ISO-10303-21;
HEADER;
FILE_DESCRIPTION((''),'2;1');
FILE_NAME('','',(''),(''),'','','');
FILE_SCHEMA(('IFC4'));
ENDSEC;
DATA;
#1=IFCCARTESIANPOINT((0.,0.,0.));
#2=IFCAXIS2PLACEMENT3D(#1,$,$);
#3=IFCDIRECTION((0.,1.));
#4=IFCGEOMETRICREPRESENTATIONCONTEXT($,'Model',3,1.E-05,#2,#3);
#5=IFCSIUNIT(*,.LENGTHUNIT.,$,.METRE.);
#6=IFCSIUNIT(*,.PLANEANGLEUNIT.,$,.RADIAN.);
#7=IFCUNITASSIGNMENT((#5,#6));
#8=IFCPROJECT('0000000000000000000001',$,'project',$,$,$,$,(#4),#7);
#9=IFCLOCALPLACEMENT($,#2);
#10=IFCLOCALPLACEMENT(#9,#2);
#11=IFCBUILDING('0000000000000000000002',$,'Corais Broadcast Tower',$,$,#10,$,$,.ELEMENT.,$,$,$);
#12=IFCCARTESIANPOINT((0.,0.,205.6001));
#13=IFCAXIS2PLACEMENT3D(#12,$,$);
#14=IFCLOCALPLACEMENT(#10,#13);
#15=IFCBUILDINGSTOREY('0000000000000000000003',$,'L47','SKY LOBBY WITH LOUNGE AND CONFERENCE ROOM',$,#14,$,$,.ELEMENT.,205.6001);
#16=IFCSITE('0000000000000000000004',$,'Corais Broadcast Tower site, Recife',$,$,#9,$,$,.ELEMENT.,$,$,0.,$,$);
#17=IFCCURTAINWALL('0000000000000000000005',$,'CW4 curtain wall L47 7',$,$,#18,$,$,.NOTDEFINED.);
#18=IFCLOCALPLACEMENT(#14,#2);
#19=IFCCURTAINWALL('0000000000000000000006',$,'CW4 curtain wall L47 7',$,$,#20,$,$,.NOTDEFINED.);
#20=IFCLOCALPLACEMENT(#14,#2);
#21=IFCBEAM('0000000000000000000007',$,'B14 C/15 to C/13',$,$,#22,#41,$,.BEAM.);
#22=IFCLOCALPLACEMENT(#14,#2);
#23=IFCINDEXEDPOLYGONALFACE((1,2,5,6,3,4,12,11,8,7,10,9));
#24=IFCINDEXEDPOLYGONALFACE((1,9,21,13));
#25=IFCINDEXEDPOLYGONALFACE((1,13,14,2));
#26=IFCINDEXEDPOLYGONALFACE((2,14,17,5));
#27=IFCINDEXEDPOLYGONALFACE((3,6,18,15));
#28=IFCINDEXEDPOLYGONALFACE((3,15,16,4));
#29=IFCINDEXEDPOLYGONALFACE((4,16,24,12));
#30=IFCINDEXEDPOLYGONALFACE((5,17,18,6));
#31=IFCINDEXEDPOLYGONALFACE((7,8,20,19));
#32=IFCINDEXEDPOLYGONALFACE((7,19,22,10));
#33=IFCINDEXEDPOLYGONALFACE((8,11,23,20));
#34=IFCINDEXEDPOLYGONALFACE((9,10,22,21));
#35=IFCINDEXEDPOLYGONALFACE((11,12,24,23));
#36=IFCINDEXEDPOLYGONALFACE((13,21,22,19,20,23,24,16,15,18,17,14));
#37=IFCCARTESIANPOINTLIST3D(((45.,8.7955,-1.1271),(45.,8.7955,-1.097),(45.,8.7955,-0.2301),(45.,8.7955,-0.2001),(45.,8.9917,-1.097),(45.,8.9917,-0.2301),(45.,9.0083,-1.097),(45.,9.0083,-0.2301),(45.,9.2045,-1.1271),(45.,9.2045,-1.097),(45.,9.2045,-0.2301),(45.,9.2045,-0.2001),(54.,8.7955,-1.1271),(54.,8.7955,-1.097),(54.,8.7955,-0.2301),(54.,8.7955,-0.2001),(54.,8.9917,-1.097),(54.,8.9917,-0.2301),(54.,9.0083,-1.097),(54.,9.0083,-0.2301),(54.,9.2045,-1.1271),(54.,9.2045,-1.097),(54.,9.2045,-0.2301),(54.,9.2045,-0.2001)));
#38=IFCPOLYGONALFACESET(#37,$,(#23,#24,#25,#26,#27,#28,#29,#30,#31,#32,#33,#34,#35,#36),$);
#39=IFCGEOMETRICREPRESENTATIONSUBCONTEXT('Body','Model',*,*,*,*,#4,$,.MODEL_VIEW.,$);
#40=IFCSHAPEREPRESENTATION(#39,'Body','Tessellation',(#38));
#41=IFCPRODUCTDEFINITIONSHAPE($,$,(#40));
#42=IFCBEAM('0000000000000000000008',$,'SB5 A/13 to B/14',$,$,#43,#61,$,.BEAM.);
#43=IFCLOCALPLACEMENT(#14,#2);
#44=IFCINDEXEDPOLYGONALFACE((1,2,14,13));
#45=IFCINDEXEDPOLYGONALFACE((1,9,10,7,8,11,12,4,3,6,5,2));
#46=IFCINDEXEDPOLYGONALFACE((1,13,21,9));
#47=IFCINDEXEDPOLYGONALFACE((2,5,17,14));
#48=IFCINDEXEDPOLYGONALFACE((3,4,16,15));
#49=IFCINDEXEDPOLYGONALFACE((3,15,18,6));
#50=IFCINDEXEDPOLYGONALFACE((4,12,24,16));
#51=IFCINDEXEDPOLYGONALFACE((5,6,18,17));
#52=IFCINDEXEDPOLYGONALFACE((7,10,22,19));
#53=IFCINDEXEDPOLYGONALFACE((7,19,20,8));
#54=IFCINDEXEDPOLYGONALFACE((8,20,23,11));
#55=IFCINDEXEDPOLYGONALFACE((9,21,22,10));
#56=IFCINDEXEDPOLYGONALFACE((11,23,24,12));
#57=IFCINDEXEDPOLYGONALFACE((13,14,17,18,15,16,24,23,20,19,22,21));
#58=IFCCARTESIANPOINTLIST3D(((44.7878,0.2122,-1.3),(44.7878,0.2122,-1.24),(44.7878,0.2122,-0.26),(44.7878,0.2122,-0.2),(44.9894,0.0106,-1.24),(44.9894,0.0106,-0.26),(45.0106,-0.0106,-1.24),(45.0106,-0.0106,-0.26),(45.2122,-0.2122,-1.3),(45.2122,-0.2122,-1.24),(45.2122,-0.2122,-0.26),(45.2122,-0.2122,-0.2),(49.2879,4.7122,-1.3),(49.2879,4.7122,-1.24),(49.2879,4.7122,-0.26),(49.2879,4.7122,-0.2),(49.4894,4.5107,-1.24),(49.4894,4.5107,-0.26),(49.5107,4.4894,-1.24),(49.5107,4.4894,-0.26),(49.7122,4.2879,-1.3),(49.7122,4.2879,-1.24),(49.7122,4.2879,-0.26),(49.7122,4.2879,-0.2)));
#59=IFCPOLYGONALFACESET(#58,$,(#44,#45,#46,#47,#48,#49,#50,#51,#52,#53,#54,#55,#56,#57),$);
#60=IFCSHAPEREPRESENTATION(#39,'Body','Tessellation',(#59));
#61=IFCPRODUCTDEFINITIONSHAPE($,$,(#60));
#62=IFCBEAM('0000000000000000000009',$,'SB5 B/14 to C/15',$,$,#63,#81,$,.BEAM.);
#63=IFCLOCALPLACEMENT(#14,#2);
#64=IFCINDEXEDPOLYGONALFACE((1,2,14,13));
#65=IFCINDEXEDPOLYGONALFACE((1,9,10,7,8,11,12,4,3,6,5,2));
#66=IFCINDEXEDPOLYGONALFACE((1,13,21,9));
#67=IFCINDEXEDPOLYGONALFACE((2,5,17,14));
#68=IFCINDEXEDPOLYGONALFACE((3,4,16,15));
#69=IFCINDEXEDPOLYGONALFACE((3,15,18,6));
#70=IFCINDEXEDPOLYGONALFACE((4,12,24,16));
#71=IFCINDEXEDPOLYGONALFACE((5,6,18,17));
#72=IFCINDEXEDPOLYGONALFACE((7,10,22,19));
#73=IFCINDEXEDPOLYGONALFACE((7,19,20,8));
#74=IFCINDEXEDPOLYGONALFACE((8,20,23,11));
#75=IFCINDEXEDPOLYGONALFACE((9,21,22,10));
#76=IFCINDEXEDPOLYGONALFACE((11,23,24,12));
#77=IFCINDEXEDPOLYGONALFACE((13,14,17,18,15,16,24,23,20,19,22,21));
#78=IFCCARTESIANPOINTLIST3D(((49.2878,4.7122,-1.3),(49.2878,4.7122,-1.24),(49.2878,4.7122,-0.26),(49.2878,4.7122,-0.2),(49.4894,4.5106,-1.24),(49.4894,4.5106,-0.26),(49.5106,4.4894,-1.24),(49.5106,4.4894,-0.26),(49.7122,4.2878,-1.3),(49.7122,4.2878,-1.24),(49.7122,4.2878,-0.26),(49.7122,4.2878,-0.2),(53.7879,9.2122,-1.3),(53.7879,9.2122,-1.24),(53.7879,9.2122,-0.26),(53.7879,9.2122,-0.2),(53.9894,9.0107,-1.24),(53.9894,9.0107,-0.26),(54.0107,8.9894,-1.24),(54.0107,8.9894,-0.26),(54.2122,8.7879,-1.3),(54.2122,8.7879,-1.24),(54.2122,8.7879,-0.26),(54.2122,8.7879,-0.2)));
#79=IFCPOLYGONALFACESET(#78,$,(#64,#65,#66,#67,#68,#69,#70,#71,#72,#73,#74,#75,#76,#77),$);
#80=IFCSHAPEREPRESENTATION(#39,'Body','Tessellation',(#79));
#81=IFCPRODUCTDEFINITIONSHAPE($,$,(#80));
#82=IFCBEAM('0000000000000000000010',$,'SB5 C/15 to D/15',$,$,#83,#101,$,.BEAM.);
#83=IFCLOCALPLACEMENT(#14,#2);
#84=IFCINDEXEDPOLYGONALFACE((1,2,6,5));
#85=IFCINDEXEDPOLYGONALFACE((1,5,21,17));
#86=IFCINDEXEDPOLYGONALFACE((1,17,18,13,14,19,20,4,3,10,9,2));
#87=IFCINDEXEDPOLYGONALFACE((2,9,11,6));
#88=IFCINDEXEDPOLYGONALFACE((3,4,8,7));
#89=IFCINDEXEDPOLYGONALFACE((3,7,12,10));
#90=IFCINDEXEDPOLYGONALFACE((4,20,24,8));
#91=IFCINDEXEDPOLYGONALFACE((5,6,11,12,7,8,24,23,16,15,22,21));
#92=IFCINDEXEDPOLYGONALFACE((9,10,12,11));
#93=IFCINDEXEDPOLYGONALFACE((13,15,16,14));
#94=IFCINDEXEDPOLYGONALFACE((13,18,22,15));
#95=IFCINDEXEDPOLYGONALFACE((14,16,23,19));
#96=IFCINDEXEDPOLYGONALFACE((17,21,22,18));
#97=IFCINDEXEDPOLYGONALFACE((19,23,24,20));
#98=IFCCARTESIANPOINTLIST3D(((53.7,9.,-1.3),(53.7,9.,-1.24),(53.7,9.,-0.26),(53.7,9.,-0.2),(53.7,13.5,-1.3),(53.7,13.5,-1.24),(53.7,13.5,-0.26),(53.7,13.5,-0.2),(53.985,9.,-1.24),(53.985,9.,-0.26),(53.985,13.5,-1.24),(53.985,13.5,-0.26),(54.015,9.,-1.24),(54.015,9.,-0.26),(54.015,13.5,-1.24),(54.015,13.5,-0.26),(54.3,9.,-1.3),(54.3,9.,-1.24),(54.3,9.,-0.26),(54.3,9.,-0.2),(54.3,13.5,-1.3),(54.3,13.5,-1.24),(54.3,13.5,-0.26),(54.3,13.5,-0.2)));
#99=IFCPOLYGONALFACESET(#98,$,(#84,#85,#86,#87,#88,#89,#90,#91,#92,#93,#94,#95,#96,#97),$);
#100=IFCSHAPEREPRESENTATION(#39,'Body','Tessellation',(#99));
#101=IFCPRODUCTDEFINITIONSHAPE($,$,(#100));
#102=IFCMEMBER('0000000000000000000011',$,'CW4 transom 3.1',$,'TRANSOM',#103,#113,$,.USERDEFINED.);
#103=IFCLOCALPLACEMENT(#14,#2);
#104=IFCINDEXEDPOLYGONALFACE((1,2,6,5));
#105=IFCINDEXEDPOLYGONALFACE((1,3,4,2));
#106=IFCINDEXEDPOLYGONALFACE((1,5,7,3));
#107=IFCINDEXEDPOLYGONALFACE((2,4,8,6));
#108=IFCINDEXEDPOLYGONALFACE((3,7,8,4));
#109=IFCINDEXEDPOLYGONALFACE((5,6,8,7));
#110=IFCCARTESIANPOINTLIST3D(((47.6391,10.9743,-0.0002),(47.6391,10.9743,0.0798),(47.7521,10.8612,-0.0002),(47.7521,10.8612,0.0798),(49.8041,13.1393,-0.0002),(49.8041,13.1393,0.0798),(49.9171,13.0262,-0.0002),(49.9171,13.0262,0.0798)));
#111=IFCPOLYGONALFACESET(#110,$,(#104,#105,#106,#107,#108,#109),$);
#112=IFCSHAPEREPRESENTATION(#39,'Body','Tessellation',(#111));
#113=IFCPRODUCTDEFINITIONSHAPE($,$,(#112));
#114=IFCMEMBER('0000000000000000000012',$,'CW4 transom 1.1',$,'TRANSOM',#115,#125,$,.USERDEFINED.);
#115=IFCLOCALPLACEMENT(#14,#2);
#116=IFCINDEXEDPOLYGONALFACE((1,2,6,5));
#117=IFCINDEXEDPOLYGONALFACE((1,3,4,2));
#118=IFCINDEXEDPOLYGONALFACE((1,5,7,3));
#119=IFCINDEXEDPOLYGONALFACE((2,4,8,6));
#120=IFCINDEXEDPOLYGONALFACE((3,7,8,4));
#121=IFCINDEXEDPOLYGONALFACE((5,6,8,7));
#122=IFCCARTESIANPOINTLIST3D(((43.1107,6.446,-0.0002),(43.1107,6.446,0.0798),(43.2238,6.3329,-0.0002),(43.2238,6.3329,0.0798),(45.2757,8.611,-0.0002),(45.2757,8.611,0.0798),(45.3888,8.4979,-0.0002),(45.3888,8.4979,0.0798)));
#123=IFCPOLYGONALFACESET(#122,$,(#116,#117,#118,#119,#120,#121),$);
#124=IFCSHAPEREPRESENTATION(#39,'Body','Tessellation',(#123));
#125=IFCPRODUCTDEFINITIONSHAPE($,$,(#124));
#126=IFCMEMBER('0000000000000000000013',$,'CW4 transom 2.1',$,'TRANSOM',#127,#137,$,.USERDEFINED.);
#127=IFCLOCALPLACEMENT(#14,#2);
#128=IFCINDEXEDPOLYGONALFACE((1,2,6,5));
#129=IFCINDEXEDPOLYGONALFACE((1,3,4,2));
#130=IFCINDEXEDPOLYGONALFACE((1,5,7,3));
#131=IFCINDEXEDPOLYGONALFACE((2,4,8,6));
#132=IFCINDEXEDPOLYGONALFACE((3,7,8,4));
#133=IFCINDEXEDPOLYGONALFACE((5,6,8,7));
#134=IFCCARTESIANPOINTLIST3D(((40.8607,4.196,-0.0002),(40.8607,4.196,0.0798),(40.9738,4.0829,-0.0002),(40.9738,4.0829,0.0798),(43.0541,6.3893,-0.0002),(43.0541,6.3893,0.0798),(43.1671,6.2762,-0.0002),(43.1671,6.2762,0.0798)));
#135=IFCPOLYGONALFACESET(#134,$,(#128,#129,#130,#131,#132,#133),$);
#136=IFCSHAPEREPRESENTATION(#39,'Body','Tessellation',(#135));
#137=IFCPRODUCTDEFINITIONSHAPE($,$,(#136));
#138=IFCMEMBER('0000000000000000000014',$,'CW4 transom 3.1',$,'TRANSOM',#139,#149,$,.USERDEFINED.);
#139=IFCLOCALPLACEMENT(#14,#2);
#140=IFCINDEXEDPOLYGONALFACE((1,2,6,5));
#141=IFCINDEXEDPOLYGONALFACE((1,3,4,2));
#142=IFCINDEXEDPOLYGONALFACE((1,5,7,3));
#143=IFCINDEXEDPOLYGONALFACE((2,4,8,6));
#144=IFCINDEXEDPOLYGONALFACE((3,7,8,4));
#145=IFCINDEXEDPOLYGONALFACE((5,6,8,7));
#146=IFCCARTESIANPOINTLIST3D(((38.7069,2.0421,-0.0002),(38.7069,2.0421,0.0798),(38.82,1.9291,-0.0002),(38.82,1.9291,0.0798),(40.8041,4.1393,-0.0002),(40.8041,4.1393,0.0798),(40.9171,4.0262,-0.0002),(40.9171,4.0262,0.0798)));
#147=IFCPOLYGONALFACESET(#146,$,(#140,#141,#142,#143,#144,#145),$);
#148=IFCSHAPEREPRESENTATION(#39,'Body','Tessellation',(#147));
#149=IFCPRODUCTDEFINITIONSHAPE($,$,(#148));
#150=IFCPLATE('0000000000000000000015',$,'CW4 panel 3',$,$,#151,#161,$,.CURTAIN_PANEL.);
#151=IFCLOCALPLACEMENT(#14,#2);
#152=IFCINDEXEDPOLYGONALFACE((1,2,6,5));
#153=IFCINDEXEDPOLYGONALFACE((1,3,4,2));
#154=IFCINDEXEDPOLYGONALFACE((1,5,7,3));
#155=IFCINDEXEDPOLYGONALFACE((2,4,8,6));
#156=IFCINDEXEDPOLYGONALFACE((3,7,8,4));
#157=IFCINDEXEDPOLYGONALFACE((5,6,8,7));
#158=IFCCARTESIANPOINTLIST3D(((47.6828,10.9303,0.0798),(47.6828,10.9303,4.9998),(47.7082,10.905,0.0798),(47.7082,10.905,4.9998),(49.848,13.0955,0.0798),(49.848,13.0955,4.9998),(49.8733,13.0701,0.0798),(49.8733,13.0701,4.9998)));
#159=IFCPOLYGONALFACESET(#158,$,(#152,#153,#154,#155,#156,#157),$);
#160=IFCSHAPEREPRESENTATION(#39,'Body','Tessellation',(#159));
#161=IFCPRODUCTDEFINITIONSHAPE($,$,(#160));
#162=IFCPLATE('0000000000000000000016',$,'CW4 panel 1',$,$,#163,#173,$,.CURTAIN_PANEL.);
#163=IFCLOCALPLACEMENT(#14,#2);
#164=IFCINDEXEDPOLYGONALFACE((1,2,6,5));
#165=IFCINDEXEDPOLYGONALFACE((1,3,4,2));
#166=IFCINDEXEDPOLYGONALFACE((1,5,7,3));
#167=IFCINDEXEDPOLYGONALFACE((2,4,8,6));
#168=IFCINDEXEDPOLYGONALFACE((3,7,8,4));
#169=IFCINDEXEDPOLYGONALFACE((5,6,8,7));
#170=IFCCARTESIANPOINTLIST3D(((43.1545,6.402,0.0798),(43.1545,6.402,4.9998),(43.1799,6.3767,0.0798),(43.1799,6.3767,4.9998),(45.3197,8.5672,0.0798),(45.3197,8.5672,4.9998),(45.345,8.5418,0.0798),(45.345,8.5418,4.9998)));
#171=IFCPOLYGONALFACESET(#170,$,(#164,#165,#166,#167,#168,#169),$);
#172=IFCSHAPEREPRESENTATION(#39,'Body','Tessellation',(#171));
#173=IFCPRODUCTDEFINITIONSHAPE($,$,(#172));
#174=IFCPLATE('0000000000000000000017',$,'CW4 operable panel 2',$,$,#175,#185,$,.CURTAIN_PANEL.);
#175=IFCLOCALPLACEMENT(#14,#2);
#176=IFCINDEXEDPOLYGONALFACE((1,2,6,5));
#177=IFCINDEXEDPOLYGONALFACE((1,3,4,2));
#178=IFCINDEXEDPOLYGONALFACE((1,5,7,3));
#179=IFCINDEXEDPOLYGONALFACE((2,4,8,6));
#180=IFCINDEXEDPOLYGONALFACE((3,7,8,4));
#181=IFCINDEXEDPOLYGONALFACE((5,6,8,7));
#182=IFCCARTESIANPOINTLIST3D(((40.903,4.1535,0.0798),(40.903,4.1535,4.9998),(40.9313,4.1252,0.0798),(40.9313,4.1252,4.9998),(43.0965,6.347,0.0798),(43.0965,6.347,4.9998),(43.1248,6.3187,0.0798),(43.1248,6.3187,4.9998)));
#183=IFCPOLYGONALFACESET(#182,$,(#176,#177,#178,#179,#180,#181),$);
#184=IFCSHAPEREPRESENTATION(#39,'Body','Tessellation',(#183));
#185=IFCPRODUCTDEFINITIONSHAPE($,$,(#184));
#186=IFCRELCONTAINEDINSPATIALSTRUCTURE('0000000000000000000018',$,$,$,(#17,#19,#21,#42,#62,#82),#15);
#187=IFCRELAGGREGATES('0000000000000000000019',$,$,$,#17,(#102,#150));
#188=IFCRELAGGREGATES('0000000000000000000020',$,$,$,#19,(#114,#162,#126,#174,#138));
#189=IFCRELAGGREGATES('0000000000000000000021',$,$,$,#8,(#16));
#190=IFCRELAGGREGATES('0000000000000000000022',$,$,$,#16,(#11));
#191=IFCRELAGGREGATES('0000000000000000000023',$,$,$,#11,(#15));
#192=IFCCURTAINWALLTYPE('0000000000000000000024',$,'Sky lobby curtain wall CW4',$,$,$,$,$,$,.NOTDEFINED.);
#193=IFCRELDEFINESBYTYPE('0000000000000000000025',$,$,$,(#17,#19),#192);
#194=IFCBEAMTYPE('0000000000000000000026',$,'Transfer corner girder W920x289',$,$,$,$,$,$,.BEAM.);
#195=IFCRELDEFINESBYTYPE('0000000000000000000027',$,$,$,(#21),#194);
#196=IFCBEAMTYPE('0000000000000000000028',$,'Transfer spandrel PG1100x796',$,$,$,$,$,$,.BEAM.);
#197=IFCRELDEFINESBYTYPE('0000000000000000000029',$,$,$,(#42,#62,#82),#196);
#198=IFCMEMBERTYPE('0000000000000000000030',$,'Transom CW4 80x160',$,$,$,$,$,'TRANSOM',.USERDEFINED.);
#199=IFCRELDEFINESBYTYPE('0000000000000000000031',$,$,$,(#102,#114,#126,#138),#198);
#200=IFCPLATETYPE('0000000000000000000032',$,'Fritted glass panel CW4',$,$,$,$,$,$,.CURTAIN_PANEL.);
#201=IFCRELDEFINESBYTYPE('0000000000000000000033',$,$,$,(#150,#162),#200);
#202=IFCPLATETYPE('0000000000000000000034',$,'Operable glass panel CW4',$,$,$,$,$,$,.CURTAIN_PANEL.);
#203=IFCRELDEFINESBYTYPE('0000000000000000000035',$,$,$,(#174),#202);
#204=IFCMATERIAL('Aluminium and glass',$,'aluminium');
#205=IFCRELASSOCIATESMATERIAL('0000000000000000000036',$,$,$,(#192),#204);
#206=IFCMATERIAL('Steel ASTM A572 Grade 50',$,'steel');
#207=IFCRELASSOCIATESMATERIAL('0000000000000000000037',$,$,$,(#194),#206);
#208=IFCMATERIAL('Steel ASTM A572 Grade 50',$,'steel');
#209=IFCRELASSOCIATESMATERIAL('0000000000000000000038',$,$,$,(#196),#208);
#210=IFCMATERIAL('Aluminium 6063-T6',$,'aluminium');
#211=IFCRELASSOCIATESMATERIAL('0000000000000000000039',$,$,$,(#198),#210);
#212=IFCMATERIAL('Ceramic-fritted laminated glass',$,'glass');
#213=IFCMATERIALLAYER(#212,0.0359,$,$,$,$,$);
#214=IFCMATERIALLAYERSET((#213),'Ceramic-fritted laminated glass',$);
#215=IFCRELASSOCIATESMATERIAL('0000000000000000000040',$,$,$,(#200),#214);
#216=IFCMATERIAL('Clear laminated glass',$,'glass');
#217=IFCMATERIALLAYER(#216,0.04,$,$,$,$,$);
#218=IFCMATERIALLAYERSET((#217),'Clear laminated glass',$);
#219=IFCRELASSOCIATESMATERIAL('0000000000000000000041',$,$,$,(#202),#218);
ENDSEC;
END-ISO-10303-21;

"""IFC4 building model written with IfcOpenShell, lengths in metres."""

from ifc_helpers import new_model, si_unit, direction, frame, origin, origin_2d, place, context, subcontext, project, spatial, rectangle, i_section, extrude, material, layer, layer_set, material_profile, profile_set, type_object, element, aggregate, save


model = new_model("IFC4")

# Units and contexts
model_context = context("Model", 3, precision=1e-05, world=origin(), true_north=direction((0.0, 1.0)))
body_context = subcontext(model_context, "Body", "Model", "MODEL_VIEW")
ifc_project = project(units=[si_unit("LENGTHUNIT", "METRE"), si_unit("PLANEANGLEUNIT", "RADIAN")], contexts=[model_context])

# Site, building, storey
site_placement = place(None, origin())
site = spatial("IfcSite", under=ifc_project, at=site_placement, Name="Corais Broadcast Tower site, Recife", CompositionType="ELEMENT", RefElevation=0.0)
building_placement = place(site_placement, origin())
building = spatial("IfcBuilding", under=site, at=building_placement, Name="Corais Broadcast Tower", CompositionType="ELEMENT")
storey_placement = place(building_placement, frame((0.0, 0.0, 205.6001)))
storey = spatial("IfcBuildingStorey", under=building, at=storey_placement, Name="L47", Description="SKY LOBBY WITH LOUNGE AND CONFERENCE ROOM", CompositionType="ELEMENT", Elevation=205.6001)

# Curtain walls
ifc_material_1 = material(Name="Aluminium and glass", Category="aluminium")
curtain_wall_type = type_object("IfcCurtainWallType", Name="Sky lobby curtain wall CW4", PredefinedType="NOTDEFINED", material=ifc_material_1)
curtain_wall_1_placement = place(storey_placement, origin())
curtain_wall_1 = element("IfcCurtainWall", 1, at=curtain_wall_1_placement, inside=storey, type_object=curtain_wall_type, Name="CW4 curtain wall L47 7", PredefinedType="NOTDEFINED")
curtain_wall_2_placement = place(storey_placement, origin())
curtain_wall_2 = element("IfcCurtainWall", 2, at=curtain_wall_2_placement, inside=storey, type_object=curtain_wall_type, Name="CW4 curtain wall L47 7", PredefinedType="NOTDEFINED")

# Beams
ifc_material_2 = material(Name="Steel ASTM A572 Grade 50", Category="steel")
ifc_material_profile_1 = material_profile(ifc_material_2, i_section(OverallWidth=0.4089, OverallDepth=0.927, WebThickness=0.0166, FlangeThickness=0.03, at=origin_2d()), Name="W920x289")
ifc_profile_set_1 = profile_set([ifc_material_profile_1], Name="Steel ASTM A572 Grade 50")
beam_type_1 = type_object("IfcBeamType", Name="Transfer corner girder W920x289", PredefinedType="BEAM", material=ifc_profile_set_1)
for number, where, z_axis, x_axis, name in (
    (3, (54.0, 9.0, -0.6636), (-1.0, 0.0, 0.0), (0.0, -1.0, 0.0), "B14 C/15 to C/13"),
):
    element("IfcBeam", number, at=place(storey_placement, frame(where, z_axis=z_axis, x_axis=x_axis)), inside=storey, type_object=beam_type_1, Name=name, PredefinedType="BEAM", context=body_context, shape_type="SweptSolid", body=[
        extrude(i_section(OverallWidth=0.4089, OverallDepth=0.927, WebThickness=0.0166, FlangeThickness=0.03, at=origin_2d()), origin(), (0.0, 0.0, 1.0), 9.0),
    ])
ifc_material_3 = material(Name="Steel ASTM A572 Grade 50", Category="steel")
ifc_material_profile_2 = material_profile(ifc_material_3, i_section(OverallWidth=0.6001, OverallDepth=1.1001, WebThickness=0.03, FlangeThickness=0.0601, at=origin_2d()), Name="PG1100x796")
ifc_profile_set_2 = profile_set([ifc_material_profile_2], Name="Steel ASTM A572 Grade 50")
beam_type_2 = type_object("IfcBeamType", Name="Transfer spandrel PG1100x796", PredefinedType="BEAM", material=ifc_profile_set_2)
for number, where, z_axis, x_axis, name in (
    (4, (45.0, 0.0, -0.75), (0.707107, 0.707107, 0.0), (-0.707107, 0.707107, 0.0), "SB5 A/13 to B/14"),
    (5, (49.5, 4.5, -0.75), (0.707107, 0.707107, 0.0), (-0.707107, 0.707107, 0.0), "SB5 B/14 to C/15"),
):
    element("IfcBeam", number, at=place(storey_placement, frame(where, z_axis=z_axis, x_axis=x_axis)), inside=storey, type_object=beam_type_2, Name=name, PredefinedType="BEAM", context=body_context, shape_type="SweptSolid", body=[
        extrude(i_section(OverallWidth=0.6001, OverallDepth=1.1001, WebThickness=0.03, FlangeThickness=0.0601, at=origin_2d()), origin(), (0.0, 0.0, 1.0), 6.364),
    ])
beam_1_placement = place(storey_placement, frame((54.0, 9.0, -0.75), z_axis=(0.0, 1.0, 0.0), x_axis=(-1.0, 0.0, 0.0)))
element("IfcBeam", 6, at=beam_1_placement, inside=storey, type_object=beam_type_2, Name="SB5 C/15 to D/15", PredefinedType="BEAM", context=body_context, shape_type="SweptSolid", body=[
    extrude(i_section(OverallWidth=0.6001, OverallDepth=1.1001, WebThickness=0.03, FlangeThickness=0.0601, at=origin_2d()), origin(), (0.0, 0.0, 1.0), 4.5),
])

# Members
ifc_material_4 = material(Name="Aluminium 6063-T6", Category="aluminium")
ifc_material_profile_3 = material_profile(ifc_material_4, rectangle(XDim=0.1599, YDim=0.0801, at=origin_2d()), Name="Transom CW4 80x160")
ifc_profile_set_3 = profile_set([ifc_material_profile_3], Name="Aluminium 6063-T6")
member_type_1 = type_object("IfcMemberType", Name="Transom CW4 80x160", ElementType="TRANSOM", PredefinedType="USERDEFINED", material=ifc_profile_set_3)
member_1_placement = place(storey_placement, frame((49.8606, 13.0828, 0.0398), z_axis=(-0.707107, -0.707107, 0.0), x_axis=(0.707107, -0.707107, 0.0)))
member_1 = element("IfcMember", 7, at=member_1_placement, type_object=member_type_1, Name="CW4 transom 3.1", ObjectType="TRANSOM", PredefinedType="USERDEFINED", context=body_context, shape_type="SweptSolid", body=[
    extrude(rectangle(XDim=0.1599, YDim=0.0801, at=origin_2d()), origin(), (0.0, 0.0, 1.0), 3.0618),
])
member_2_placement = place(storey_placement, frame((45.3323, 8.5544, 0.0398), z_axis=(-0.707107, -0.707107, 0.0), x_axis=(0.707107, -0.707107, 0.0)))
member_2 = element("IfcMember", 8, at=member_2_placement, type_object=member_type_1, Name="CW4 transom 1.1", ObjectType="TRANSOM", PredefinedType="USERDEFINED", context=body_context, shape_type="SweptSolid", body=[
    extrude(rectangle(XDim=0.1599, YDim=0.0801, at=origin_2d()), origin(), (0.0, 0.0, 1.0), 3.0618),
])
member_3_placement = place(storey_placement, frame((43.1106, 6.3328, 0.0398), z_axis=(-0.707107, -0.707107, 0.0), x_axis=(0.707107, -0.707107, 0.0)))
member_3 = element("IfcMember", 9, at=member_3_placement, type_object=member_type_1, Name="CW4 transom 2.1", ObjectType="TRANSOM", PredefinedType="USERDEFINED", context=body_context, shape_type="SweptSolid", body=[
    extrude(rectangle(XDim=0.1599, YDim=0.0801, at=origin_2d()), origin(), (0.0, 0.0, 1.0), 3.1018),
])
member_4_placement = place(storey_placement, frame((40.8606, 4.0828, 0.0398), z_axis=(-0.707107, -0.707107, 0.0), x_axis=(0.707107, -0.707107, 0.0)))
member_4 = element("IfcMember", 10, at=member_4_placement, type_object=member_type_1, Name="CW4 transom 3.1", ObjectType="TRANSOM", PredefinedType="USERDEFINED", context=body_context, shape_type="SweptSolid", body=[
    extrude(rectangle(XDim=0.1599, YDim=0.0801, at=origin_2d()), origin(), (0.0, 0.0, 1.0), 2.9658),
])

# Plates
ifc_material_5 = material(Name="Ceramic-fritted laminated glass", Category="glass")
ifc_layer_1 = layer(ifc_material_5, 0.0359)
ifc_layer_set_1 = layer_set([ifc_layer_1], Name="Ceramic-fritted laminated glass")
plate_type_1 = type_object("IfcPlateType", Name="Fritted glass panel CW4", PredefinedType="CURTAIN_PANEL", material=ifc_layer_set_1)
plate_1_placement = place(storey_placement, frame((48.7781, 12.0002, 0.0798), z_axis=(0.0, 0.0, 1.0), x_axis=(-0.707107, -0.707107, 0.0)))
plate_1 = element("IfcPlate", 11, at=plate_1_placement, type_object=plate_type_1, Name="CW4 panel 3", PredefinedType="CURTAIN_PANEL", context=body_context, shape_type="SweptSolid", body=[
    extrude(rectangle(XDim=3.062, YDim=0.0359, at=origin_2d()), origin(), (0.0, 0.0, 1.0), 4.9199),
])
aggregate(curtain_wall_1, [member_1, plate_1])
plate_2_placement = place(storey_placement, frame((44.2498, 7.4719, 0.0798), z_axis=(0.0, 0.0, 1.0), x_axis=(-0.707107, -0.707107, 0.0)))
plate_2 = element("IfcPlate", 12, at=plate_2_placement, type_object=plate_type_1, Name="CW4 panel 1", PredefinedType="CURTAIN_PANEL", context=body_context, shape_type="SweptSolid", body=[
    extrude(rectangle(XDim=3.062, YDim=0.0359, at=origin_2d()), origin(), (0.0, 0.0, 1.0), 4.9199),
])
ifc_material_6 = material(Name="Clear laminated glass", Category="glass")
ifc_layer_2 = layer(ifc_material_6, 0.04)
ifc_layer_set_2 = layer_set([ifc_layer_2], Name="Clear laminated glass")
plate_type_2 = type_object("IfcPlateType", Name="Operable glass panel CW4", PredefinedType="CURTAIN_PANEL", material=ifc_layer_set_2)
plate_3_placement = place(storey_placement, frame((42.0139, 5.2361, 0.0798), z_axis=(0.0, 0.0, 1.0), x_axis=(-0.707107, -0.707107, 0.0)))
plate_3 = element("IfcPlate", 13, at=plate_3_placement, type_object=plate_type_2, Name="CW4 operable panel 2", PredefinedType="CURTAIN_PANEL", context=body_context, shape_type="SweptSolid", body=[
    extrude(rectangle(XDim=3.1021, YDim=0.04, at=origin_2d()), origin(), (0.0, 0.0, 1.0), 4.9199),
])
aggregate(curtain_wall_2, [member_2, plate_2, member_3, plate_3, member_4])

save(model, "model.ifc")
